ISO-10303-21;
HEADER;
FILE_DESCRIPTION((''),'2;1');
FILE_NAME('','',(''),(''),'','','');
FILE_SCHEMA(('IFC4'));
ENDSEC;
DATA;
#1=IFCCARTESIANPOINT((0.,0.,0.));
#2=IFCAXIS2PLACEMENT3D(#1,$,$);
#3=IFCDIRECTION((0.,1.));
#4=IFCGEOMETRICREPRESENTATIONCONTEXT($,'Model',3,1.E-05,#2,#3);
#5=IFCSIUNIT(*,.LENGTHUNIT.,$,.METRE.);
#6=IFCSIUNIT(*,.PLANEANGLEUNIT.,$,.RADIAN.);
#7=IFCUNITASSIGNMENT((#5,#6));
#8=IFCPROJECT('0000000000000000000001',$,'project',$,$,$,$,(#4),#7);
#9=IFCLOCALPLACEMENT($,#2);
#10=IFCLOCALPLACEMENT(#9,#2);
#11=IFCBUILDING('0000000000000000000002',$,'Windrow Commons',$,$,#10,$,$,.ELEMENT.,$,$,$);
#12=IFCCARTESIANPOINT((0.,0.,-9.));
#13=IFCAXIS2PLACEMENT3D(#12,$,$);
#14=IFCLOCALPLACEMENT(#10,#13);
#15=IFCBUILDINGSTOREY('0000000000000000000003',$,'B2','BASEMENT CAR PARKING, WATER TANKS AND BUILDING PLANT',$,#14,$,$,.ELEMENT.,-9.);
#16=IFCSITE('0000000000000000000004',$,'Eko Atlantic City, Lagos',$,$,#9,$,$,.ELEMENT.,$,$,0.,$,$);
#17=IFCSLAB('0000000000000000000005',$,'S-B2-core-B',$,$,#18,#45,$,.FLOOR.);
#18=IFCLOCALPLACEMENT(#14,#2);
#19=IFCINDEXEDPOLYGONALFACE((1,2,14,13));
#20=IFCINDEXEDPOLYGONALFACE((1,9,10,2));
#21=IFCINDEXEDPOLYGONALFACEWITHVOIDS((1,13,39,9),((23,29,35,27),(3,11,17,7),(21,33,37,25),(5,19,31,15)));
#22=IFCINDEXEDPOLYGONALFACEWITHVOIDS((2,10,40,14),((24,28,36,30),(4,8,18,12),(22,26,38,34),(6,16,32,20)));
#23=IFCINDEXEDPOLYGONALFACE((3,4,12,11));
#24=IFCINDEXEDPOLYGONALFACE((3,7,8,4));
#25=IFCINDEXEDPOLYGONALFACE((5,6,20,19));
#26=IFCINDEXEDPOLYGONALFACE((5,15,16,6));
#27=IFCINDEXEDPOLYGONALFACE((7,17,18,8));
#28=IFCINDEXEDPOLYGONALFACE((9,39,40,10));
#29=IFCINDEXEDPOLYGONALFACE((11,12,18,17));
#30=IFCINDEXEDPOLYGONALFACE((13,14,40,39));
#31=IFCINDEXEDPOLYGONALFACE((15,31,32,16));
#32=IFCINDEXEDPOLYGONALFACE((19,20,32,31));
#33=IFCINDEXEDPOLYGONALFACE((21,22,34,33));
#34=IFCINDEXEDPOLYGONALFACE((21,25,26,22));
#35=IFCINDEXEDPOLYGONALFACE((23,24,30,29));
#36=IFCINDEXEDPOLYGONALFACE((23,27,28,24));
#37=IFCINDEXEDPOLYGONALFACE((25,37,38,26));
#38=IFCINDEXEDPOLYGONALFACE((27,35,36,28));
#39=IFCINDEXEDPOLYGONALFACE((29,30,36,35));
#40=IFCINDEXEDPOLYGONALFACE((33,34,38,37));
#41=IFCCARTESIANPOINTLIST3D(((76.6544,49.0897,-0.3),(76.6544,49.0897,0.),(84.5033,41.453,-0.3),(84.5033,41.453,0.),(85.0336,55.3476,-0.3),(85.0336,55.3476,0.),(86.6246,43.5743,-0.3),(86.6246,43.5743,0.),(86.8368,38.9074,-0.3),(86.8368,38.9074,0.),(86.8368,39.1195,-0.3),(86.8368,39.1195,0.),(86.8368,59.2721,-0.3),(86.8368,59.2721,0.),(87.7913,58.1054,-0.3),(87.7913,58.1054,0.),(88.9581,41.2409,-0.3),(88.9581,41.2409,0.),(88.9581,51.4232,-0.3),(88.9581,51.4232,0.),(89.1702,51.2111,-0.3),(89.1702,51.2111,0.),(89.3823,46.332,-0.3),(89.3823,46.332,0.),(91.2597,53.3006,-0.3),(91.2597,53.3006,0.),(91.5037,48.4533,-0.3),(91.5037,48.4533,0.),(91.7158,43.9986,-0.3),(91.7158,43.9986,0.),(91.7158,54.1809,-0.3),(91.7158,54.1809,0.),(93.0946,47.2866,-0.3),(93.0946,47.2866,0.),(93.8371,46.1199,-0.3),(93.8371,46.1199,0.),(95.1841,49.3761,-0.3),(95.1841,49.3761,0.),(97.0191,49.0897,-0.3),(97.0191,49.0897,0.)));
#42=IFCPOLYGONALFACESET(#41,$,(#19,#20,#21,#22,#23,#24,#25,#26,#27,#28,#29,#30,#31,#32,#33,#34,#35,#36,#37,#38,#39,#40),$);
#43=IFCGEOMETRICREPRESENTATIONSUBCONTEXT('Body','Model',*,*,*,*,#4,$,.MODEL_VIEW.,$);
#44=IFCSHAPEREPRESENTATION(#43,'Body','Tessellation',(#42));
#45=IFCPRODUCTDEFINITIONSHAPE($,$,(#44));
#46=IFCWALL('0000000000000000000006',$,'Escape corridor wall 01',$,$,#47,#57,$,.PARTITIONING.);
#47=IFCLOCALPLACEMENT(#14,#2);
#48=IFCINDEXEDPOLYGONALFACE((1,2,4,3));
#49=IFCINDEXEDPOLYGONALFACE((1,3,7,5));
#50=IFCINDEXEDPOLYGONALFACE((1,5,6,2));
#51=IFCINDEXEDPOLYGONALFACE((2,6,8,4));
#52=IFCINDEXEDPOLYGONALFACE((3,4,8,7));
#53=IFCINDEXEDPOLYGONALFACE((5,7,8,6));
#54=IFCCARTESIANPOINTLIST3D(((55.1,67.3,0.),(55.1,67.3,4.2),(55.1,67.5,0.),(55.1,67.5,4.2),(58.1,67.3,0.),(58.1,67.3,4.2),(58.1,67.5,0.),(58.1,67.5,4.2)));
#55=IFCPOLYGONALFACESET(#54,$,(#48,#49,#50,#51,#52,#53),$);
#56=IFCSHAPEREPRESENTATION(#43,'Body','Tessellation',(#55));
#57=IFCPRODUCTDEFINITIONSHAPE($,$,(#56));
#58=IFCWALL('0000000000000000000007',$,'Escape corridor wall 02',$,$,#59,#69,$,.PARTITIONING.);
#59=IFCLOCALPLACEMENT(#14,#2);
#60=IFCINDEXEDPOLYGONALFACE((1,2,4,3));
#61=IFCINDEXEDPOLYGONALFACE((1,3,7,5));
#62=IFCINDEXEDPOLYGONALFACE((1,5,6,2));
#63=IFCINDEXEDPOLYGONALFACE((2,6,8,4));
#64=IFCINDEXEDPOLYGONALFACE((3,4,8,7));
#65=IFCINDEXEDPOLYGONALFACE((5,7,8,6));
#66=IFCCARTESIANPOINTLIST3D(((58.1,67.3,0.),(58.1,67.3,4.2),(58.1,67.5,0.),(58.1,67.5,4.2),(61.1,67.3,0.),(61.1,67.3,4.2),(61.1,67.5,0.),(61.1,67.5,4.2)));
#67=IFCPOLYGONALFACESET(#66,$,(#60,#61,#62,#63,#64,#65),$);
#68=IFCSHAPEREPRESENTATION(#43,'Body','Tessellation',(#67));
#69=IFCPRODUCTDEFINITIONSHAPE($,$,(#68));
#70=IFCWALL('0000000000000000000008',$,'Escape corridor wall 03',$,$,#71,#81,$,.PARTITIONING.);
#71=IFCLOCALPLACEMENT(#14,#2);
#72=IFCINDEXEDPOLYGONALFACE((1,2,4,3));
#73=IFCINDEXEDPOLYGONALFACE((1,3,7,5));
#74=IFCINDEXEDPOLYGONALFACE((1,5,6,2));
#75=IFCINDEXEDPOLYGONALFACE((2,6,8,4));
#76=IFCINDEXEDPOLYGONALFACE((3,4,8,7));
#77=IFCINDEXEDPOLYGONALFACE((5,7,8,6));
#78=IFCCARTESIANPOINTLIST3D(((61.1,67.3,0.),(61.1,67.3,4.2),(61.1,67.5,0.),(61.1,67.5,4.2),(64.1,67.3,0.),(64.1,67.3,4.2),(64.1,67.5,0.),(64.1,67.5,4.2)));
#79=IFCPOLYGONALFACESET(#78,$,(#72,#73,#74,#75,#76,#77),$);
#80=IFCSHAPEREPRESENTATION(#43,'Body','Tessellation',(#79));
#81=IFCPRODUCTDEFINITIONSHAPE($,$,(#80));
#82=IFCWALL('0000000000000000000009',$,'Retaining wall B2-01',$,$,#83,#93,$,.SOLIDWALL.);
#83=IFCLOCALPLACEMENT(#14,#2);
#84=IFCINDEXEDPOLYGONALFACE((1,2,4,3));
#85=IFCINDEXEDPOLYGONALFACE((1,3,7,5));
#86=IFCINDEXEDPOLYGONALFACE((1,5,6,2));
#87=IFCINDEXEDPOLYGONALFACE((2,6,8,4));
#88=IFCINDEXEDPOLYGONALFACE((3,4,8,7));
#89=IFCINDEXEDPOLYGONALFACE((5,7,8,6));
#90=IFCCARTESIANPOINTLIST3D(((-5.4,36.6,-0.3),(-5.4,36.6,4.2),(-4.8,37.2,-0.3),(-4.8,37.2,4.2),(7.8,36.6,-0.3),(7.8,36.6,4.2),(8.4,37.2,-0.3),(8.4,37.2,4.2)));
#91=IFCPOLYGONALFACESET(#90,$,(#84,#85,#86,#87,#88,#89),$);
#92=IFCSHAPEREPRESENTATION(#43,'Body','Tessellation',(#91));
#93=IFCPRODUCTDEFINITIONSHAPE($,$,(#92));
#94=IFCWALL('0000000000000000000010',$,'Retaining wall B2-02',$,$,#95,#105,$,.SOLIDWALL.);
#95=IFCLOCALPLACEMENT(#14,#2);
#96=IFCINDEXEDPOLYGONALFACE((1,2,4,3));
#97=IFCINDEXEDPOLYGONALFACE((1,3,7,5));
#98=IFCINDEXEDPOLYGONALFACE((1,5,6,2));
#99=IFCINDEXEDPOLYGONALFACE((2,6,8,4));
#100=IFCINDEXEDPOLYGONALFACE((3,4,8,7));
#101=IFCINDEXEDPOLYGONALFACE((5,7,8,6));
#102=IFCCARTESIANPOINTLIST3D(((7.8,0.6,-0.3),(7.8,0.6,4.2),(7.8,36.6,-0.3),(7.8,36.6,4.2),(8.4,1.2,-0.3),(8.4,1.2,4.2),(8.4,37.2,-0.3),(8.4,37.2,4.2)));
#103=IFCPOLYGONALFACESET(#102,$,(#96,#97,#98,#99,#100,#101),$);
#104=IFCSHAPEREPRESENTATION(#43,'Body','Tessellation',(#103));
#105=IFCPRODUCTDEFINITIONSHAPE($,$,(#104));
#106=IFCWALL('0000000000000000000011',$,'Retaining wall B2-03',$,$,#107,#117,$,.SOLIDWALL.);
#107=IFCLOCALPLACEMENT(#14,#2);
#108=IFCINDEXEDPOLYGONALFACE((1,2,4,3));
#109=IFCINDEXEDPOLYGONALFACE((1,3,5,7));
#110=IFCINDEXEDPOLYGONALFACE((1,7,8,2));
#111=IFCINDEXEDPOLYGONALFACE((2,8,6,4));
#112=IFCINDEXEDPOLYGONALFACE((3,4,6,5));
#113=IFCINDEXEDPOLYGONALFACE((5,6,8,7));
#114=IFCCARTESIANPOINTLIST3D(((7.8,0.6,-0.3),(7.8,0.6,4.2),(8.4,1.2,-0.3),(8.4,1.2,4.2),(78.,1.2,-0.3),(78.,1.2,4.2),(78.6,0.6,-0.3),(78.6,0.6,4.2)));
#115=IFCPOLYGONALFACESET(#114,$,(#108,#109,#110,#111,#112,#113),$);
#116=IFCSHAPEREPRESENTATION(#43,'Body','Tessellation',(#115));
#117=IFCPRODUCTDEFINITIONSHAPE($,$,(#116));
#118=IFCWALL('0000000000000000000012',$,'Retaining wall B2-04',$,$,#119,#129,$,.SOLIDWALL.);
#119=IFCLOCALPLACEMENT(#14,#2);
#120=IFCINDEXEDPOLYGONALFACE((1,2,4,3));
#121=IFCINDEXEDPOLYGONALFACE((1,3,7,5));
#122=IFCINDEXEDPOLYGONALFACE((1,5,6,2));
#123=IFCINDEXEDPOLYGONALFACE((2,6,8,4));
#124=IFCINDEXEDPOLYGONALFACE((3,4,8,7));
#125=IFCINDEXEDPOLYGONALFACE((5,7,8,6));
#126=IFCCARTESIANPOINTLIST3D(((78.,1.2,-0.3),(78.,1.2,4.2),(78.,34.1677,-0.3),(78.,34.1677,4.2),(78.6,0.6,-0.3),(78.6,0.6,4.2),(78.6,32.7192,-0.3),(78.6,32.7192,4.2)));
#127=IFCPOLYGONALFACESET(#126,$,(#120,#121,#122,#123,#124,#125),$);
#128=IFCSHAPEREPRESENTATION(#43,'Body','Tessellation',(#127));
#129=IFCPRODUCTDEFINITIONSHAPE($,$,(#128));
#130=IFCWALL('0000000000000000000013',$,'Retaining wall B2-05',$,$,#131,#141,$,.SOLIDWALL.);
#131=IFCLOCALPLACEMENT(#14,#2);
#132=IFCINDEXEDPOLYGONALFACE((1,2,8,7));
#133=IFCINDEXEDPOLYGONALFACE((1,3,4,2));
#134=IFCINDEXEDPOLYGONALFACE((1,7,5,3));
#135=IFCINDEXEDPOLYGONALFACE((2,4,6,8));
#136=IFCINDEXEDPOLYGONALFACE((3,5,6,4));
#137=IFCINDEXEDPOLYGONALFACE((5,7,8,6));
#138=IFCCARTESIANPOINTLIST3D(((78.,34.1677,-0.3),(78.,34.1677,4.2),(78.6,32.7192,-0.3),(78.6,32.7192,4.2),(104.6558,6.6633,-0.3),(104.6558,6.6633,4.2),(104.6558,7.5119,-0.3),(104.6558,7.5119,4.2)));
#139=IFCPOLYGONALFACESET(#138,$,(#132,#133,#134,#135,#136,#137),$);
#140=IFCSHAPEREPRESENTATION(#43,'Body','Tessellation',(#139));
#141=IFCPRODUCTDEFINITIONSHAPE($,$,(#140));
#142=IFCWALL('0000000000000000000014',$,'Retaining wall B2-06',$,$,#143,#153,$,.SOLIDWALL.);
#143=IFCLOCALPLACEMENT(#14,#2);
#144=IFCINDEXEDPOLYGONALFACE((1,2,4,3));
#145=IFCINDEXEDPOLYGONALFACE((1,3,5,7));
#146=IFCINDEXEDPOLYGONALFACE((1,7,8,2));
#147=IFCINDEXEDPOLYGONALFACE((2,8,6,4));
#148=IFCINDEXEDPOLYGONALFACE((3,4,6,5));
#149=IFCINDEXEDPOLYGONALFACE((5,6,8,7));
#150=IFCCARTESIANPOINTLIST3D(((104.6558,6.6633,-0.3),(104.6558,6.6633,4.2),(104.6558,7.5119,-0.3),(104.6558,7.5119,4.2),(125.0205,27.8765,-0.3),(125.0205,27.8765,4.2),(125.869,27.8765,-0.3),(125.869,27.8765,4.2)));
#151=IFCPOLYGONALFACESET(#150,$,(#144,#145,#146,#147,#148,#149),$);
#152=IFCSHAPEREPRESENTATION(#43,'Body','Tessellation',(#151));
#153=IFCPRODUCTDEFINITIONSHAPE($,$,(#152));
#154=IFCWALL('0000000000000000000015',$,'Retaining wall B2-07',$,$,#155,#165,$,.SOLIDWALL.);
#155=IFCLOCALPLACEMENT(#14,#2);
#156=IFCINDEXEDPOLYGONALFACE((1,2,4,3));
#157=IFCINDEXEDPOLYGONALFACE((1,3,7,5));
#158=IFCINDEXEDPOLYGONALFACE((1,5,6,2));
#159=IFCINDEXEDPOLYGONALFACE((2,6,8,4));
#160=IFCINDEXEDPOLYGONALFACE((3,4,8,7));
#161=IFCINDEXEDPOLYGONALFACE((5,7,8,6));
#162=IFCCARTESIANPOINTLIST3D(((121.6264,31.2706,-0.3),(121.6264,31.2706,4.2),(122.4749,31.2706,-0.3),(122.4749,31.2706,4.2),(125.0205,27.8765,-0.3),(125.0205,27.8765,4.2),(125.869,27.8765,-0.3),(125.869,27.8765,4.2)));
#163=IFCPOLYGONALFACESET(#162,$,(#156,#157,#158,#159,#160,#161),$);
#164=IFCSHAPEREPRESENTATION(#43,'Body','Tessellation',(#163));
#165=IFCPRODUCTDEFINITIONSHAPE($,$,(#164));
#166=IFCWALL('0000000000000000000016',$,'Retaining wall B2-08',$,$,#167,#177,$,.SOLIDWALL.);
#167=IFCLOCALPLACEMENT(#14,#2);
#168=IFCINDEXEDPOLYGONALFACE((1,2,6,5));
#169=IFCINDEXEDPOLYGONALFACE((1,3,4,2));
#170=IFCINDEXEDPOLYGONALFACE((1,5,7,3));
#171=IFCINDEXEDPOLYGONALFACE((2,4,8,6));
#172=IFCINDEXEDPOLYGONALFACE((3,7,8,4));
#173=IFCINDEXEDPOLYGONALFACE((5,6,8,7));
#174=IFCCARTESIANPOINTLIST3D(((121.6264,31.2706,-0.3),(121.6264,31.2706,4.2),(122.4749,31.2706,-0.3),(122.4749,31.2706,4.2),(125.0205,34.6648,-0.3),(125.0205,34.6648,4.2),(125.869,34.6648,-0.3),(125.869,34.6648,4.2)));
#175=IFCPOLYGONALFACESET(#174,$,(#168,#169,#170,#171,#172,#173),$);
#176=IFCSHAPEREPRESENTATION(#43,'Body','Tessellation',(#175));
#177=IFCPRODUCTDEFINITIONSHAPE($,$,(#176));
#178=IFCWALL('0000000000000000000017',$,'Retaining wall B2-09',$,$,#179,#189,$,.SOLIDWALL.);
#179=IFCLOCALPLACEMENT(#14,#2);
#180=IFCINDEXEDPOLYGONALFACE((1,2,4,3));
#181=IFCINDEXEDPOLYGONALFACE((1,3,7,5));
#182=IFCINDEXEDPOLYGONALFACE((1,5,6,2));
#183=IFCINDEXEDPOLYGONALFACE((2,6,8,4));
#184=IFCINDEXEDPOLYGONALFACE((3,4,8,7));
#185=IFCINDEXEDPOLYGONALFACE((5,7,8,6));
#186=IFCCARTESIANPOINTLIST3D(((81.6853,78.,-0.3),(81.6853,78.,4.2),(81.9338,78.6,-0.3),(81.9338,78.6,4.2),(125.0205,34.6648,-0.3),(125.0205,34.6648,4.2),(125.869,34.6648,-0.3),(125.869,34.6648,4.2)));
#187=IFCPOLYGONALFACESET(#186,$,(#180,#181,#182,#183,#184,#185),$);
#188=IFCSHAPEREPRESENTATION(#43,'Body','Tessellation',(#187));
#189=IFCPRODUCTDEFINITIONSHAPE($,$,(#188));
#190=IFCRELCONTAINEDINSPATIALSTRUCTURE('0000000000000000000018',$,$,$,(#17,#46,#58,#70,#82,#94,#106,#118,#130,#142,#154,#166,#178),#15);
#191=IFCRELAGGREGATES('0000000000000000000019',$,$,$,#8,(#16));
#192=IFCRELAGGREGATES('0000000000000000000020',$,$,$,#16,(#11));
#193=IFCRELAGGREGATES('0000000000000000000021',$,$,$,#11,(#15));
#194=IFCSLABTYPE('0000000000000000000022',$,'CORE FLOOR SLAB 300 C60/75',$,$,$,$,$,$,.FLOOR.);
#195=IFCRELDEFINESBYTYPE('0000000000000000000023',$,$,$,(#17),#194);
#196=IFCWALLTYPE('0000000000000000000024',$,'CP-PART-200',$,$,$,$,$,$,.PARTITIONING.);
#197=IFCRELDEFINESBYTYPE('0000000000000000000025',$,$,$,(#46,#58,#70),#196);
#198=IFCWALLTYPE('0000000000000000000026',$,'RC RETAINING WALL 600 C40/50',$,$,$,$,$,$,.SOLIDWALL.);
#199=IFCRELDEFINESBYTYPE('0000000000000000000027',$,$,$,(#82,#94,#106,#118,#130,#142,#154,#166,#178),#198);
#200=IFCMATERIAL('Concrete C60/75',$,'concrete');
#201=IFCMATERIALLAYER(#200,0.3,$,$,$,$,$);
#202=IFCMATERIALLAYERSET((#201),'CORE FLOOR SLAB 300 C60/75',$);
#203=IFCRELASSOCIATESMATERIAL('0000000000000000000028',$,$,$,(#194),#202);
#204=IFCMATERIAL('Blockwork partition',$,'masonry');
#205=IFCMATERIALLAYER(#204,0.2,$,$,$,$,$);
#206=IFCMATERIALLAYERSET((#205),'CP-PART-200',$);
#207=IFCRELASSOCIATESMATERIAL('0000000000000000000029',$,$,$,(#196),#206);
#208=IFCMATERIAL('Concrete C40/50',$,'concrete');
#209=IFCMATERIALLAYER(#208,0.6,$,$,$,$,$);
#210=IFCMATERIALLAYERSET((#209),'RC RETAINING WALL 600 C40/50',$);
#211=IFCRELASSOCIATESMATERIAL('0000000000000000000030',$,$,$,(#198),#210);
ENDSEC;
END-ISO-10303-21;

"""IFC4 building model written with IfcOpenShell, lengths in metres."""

from ifc_helpers import new_model, si_unit, direction, frame, origin, place, context, subcontext, project, spatial, polyline, outline, extrude, material, layer, layer_set, type_object, element, save


model = new_model("IFC4")

# Units and contexts
model_context = context("Model", 3, precision=1e-05, world=origin(), true_north=direction((0.0, 1.0)))
body_context = subcontext(model_context, "Body", "Model", "MODEL_VIEW")
ifc_project = project(units=[si_unit("LENGTHUNIT", "METRE"), si_unit("PLANEANGLEUNIT", "RADIAN")], contexts=[model_context])

# Site, building, storey
site_placement = place(None, origin())
site = spatial("IfcSite", under=ifc_project, at=site_placement, Name="Eko Atlantic City, Lagos", CompositionType="ELEMENT", RefElevation=0.0)
building_placement = place(site_placement, origin())
building = spatial("IfcBuilding", under=site, at=building_placement, Name="Windrow Commons", CompositionType="ELEMENT")
storey_placement = place(building_placement, frame((0.0, 0.0, -9.0)))
storey = spatial("IfcBuildingStorey", under=building, at=storey_placement, Name="B2", Description="BASEMENT CAR PARKING, WATER TANKS AND BUILDING PLANT", CompositionType="ELEMENT", Elevation=-9.0)

# Shared definitions
placement_1 = place(storey_placement, frame((0.0, 0.0, -0.3)))

# Slab, openings
ifc_material_1 = material(Name="Concrete C60/75", Category="concrete")
ifc_layer_1 = layer(ifc_material_1, 0.3)
ifc_layer_set_1 = layer_set([ifc_layer_1], Name="CORE FLOOR SLAB 300 C60/75")
slab_type_1 = type_object("IfcSlabType", Name="CORE FLOOR SLAB 300 C60/75", PredefinedType="FLOOR", material=ifc_layer_set_1)
slab_1 = element("IfcSlab", 1, at=placement_1, inside=storey, type_object=slab_type_1, Name="S-B2-core-B", PredefinedType="FLOOR", context=body_context, shape_type="SweptSolid", body=[
    extrude(outline(polyline([(76.6544, 49.0897), (86.8368, 38.9074), (97.0191, 49.0897), (86.8368, 59.2721), (76.6544, 49.0897)]), holes=[polyline([(84.5033, 41.453), (86.8368, 39.1195), (88.9581, 41.2409), (86.6246, 43.5743), (84.5033, 41.453)]), polyline([(89.3823, 46.332), (91.7158, 43.9986), (93.8371, 46.1199), (91.5037, 48.4533), (89.3823, 46.332)]), polyline([(85.0336, 55.3476), (88.9581, 51.4232), (91.7158, 54.1809), (87.7913, 58.1054), (85.0336, 55.3476)]), polyline([(89.1702, 51.2111), (93.0946, 47.2866), (95.1841, 49.3761), (91.2597, 53.3006), (89.1702, 51.2111)])]), origin(), (0.0, 0.0, 1.0), 0.3),
])
opening_1_placement = place(placement_1, origin())
element("IfcOpeningElement", 2, at=opening_1_placement, cuts=slab_1, PredefinedType="OPENING", context=body_context, shape_type="SweptSolid", body=[
    extrude(outline(polyline([(84.5104, 41.453), (86.6246, 43.5672), (88.951, 41.2409), (86.8368, 39.1266), (84.5104, 41.453)])), origin(), (0.0, 0.0, 1.0), 0.3),
])
opening_2_placement = place(placement_1, origin())
element("IfcOpeningElement", 3, at=opening_2_placement, cuts=slab_1, PredefinedType="OPENING", context=body_context, shape_type="SweptSolid", body=[
    extrude(outline(polyline([(89.3894, 46.332), (91.5037, 48.4462), (93.83, 46.1199), (91.7158, 44.0057), (89.3894, 46.332)])), origin(), (0.0, 0.0, 1.0), 0.3),
])
opening_3_placement = place(placement_1, origin())
element("IfcOpeningElement", 4, at=opening_3_placement, cuts=slab_1, PredefinedType="OPENING", context=body_context, shape_type="SweptSolid", body=[
    extrude(outline(polyline([(85.0407, 55.3476), (87.7913, 58.0983), (91.7087, 54.1809), (88.9581, 51.4303), (85.0407, 55.3476)])), origin(), (0.0, 0.0, 1.0), 0.3),
])
opening_4_placement = place(placement_1, origin())
element("IfcOpeningElement", 5, at=opening_4_placement, cuts=slab_1, PredefinedType="OPENING", context=body_context, shape_type="SweptSolid", body=[
    extrude(outline(polyline([(89.1773, 51.2111), (91.2597, 53.2935), (95.177, 49.3761), (93.0946, 47.2937), (89.1773, 51.2111)])), origin(), (0.0, 0.0, 1.0), 0.3),
])

# Walls
ifc_material_2 = material(Name="Blockwork partition", Category="masonry")
ifc_layer_2 = layer(ifc_material_2, 0.2)
ifc_layer_set_2 = layer_set([ifc_layer_2], Name="CP-PART-200")
wall_type_1 = type_object("IfcWallType", Name="CP-PART-200", PredefinedType="PARTITIONING", material=ifc_layer_set_2)
placement_2 = place(storey_placement, origin())
element("IfcWall", 6, at=placement_2, inside=storey, type_object=wall_type_1, Name="Escape corridor wall 01", PredefinedType="PARTITIONING", context=body_context, shape_type="SweptSolid", body=[
    extrude(outline(polyline([(55.1, 67.3), (58.1, 67.3), (58.1, 67.5), (55.1, 67.5), (55.1, 67.3)])), origin(), (0.0, 0.0, 1.0), 4.2),
])
element("IfcWall", 7, at=placement_2, inside=storey, type_object=wall_type_1, Name="Escape corridor wall 02", PredefinedType="PARTITIONING", context=body_context, shape_type="SweptSolid", body=[
    extrude(outline(polyline([(58.1, 67.3), (61.1, 67.3), (61.1, 67.5), (58.1, 67.5), (58.1, 67.3)])), origin(), (0.0, 0.0, 1.0), 4.2),
])
element("IfcWall", 8, at=placement_2, inside=storey, type_object=wall_type_1, Name="Escape corridor wall 03", PredefinedType="PARTITIONING", context=body_context, shape_type="SweptSolid", body=[
    extrude(outline(polyline([(61.1, 67.3), (64.1, 67.3), (64.1, 67.5), (61.1, 67.5), (61.1, 67.3)])), origin(), (0.0, 0.0, 1.0), 4.2),
])
ifc_material_3 = material(Name="Concrete C40/50", Category="concrete")
ifc_layer_3 = layer(ifc_material_3, 0.6)
ifc_layer_set_3 = layer_set([ifc_layer_3], Name="RC RETAINING WALL 600 C40/50")
wall_type_2 = type_object("IfcWallType", Name="RC RETAINING WALL 600 C40/50", PredefinedType="SOLIDWALL", material=ifc_layer_set_3)
element("IfcWall", 9, at=placement_1, inside=storey, type_object=wall_type_2, Name="Retaining wall B2-01", PredefinedType="SOLIDWALL", context=body_context, shape_type="SweptSolid", body=[
    extrude(outline(polyline([(-4.8, 37.2), (8.4, 37.2), (7.8, 36.6), (-5.4, 36.6), (-4.8, 37.2)])), origin(), (0.0, 0.0, 1.0), 4.5),
])
element("IfcWall", 10, at=placement_1, inside=storey, type_object=wall_type_2, Name="Retaining wall B2-02", PredefinedType="SOLIDWALL", context=body_context, shape_type="SweptSolid", body=[
    extrude(outline(polyline([(8.4, 37.2), (8.4, 1.2), (7.8, 0.6), (7.8, 36.6), (8.4, 37.2)])), origin(), (0.0, 0.0, 1.0), 4.5),
])
element("IfcWall", 11, at=placement_1, inside=storey, type_object=wall_type_2, Name="Retaining wall B2-03", PredefinedType="SOLIDWALL", context=body_context, shape_type="SweptSolid", body=[
    extrude(outline(polyline([(8.4, 1.2), (78.0, 1.2), (78.6, 0.6), (7.8, 0.6), (8.4, 1.2)])), origin(), (0.0, 0.0, 1.0), 4.5),
])
element("IfcWall", 12, at=placement_1, inside=storey, type_object=wall_type_2, Name="Retaining wall B2-04", PredefinedType="SOLIDWALL", context=body_context, shape_type="SweptSolid", body=[
    extrude(outline(polyline([(78.0, 1.2), (78.0, 34.1677), (78.6, 32.7192), (78.6, 0.6), (78.0, 1.2)])), origin(), (0.0, 0.0, 1.0), 4.5),
])
element("IfcWall", 13, at=placement_1, inside=storey, type_object=wall_type_2, Name="Retaining wall B2-05", PredefinedType="SOLIDWALL", context=body_context, shape_type="SweptSolid", body=[
    extrude(outline(polyline([(78.0, 34.1677), (104.6558, 7.5119), (104.6558, 6.6633), (78.6, 32.7192), (78.0, 34.1677)])), origin(), (0.0, 0.0, 1.0), 4.5),
])
element("IfcWall", 14, at=placement_1, inside=storey, type_object=wall_type_2, Name="Retaining wall B2-06", PredefinedType="SOLIDWALL", context=body_context, shape_type="SweptSolid", body=[
    extrude(outline(polyline([(104.6558, 7.5119), (125.0205, 27.8765), (125.869, 27.8765), (104.6558, 6.6633), (104.6558, 7.5119)])), origin(), (0.0, 0.0, 1.0), 4.5),
])
element("IfcWall", 15, at=placement_1, inside=storey, type_object=wall_type_2, Name="Retaining wall B2-07", PredefinedType="SOLIDWALL", context=body_context, shape_type="SweptSolid", body=[
    extrude(outline(polyline([(125.0205, 27.8765), (121.6264, 31.2706), (122.4749, 31.2706), (125.869, 27.8765), (125.0205, 27.8765)])), origin(), (0.0, 0.0, 1.0), 4.5),
])
element("IfcWall", 16, at=placement_1, inside=storey, type_object=wall_type_2, Name="Retaining wall B2-08", PredefinedType="SOLIDWALL", context=body_context, shape_type="SweptSolid", body=[
    extrude(outline(polyline([(121.6264, 31.2706), (125.0205, 34.6648), (125.869, 34.6648), (122.4749, 31.2706), (121.6264, 31.2706)])), origin(), (0.0, 0.0, 1.0), 4.5),
])
element("IfcWall", 17, at=placement_1, inside=storey, type_object=wall_type_2, Name="Retaining wall B2-09", PredefinedType="SOLIDWALL", context=body_context, shape_type="SweptSolid", body=[
    extrude(outline(polyline([(125.0205, 34.6648), (81.6853, 78.0), (81.9338, 78.6), (125.869, 34.6648), (125.0205, 34.6648)])), origin(), (0.0, 0.0, 1.0), 4.5),
])

save(model, "model.ifc")
